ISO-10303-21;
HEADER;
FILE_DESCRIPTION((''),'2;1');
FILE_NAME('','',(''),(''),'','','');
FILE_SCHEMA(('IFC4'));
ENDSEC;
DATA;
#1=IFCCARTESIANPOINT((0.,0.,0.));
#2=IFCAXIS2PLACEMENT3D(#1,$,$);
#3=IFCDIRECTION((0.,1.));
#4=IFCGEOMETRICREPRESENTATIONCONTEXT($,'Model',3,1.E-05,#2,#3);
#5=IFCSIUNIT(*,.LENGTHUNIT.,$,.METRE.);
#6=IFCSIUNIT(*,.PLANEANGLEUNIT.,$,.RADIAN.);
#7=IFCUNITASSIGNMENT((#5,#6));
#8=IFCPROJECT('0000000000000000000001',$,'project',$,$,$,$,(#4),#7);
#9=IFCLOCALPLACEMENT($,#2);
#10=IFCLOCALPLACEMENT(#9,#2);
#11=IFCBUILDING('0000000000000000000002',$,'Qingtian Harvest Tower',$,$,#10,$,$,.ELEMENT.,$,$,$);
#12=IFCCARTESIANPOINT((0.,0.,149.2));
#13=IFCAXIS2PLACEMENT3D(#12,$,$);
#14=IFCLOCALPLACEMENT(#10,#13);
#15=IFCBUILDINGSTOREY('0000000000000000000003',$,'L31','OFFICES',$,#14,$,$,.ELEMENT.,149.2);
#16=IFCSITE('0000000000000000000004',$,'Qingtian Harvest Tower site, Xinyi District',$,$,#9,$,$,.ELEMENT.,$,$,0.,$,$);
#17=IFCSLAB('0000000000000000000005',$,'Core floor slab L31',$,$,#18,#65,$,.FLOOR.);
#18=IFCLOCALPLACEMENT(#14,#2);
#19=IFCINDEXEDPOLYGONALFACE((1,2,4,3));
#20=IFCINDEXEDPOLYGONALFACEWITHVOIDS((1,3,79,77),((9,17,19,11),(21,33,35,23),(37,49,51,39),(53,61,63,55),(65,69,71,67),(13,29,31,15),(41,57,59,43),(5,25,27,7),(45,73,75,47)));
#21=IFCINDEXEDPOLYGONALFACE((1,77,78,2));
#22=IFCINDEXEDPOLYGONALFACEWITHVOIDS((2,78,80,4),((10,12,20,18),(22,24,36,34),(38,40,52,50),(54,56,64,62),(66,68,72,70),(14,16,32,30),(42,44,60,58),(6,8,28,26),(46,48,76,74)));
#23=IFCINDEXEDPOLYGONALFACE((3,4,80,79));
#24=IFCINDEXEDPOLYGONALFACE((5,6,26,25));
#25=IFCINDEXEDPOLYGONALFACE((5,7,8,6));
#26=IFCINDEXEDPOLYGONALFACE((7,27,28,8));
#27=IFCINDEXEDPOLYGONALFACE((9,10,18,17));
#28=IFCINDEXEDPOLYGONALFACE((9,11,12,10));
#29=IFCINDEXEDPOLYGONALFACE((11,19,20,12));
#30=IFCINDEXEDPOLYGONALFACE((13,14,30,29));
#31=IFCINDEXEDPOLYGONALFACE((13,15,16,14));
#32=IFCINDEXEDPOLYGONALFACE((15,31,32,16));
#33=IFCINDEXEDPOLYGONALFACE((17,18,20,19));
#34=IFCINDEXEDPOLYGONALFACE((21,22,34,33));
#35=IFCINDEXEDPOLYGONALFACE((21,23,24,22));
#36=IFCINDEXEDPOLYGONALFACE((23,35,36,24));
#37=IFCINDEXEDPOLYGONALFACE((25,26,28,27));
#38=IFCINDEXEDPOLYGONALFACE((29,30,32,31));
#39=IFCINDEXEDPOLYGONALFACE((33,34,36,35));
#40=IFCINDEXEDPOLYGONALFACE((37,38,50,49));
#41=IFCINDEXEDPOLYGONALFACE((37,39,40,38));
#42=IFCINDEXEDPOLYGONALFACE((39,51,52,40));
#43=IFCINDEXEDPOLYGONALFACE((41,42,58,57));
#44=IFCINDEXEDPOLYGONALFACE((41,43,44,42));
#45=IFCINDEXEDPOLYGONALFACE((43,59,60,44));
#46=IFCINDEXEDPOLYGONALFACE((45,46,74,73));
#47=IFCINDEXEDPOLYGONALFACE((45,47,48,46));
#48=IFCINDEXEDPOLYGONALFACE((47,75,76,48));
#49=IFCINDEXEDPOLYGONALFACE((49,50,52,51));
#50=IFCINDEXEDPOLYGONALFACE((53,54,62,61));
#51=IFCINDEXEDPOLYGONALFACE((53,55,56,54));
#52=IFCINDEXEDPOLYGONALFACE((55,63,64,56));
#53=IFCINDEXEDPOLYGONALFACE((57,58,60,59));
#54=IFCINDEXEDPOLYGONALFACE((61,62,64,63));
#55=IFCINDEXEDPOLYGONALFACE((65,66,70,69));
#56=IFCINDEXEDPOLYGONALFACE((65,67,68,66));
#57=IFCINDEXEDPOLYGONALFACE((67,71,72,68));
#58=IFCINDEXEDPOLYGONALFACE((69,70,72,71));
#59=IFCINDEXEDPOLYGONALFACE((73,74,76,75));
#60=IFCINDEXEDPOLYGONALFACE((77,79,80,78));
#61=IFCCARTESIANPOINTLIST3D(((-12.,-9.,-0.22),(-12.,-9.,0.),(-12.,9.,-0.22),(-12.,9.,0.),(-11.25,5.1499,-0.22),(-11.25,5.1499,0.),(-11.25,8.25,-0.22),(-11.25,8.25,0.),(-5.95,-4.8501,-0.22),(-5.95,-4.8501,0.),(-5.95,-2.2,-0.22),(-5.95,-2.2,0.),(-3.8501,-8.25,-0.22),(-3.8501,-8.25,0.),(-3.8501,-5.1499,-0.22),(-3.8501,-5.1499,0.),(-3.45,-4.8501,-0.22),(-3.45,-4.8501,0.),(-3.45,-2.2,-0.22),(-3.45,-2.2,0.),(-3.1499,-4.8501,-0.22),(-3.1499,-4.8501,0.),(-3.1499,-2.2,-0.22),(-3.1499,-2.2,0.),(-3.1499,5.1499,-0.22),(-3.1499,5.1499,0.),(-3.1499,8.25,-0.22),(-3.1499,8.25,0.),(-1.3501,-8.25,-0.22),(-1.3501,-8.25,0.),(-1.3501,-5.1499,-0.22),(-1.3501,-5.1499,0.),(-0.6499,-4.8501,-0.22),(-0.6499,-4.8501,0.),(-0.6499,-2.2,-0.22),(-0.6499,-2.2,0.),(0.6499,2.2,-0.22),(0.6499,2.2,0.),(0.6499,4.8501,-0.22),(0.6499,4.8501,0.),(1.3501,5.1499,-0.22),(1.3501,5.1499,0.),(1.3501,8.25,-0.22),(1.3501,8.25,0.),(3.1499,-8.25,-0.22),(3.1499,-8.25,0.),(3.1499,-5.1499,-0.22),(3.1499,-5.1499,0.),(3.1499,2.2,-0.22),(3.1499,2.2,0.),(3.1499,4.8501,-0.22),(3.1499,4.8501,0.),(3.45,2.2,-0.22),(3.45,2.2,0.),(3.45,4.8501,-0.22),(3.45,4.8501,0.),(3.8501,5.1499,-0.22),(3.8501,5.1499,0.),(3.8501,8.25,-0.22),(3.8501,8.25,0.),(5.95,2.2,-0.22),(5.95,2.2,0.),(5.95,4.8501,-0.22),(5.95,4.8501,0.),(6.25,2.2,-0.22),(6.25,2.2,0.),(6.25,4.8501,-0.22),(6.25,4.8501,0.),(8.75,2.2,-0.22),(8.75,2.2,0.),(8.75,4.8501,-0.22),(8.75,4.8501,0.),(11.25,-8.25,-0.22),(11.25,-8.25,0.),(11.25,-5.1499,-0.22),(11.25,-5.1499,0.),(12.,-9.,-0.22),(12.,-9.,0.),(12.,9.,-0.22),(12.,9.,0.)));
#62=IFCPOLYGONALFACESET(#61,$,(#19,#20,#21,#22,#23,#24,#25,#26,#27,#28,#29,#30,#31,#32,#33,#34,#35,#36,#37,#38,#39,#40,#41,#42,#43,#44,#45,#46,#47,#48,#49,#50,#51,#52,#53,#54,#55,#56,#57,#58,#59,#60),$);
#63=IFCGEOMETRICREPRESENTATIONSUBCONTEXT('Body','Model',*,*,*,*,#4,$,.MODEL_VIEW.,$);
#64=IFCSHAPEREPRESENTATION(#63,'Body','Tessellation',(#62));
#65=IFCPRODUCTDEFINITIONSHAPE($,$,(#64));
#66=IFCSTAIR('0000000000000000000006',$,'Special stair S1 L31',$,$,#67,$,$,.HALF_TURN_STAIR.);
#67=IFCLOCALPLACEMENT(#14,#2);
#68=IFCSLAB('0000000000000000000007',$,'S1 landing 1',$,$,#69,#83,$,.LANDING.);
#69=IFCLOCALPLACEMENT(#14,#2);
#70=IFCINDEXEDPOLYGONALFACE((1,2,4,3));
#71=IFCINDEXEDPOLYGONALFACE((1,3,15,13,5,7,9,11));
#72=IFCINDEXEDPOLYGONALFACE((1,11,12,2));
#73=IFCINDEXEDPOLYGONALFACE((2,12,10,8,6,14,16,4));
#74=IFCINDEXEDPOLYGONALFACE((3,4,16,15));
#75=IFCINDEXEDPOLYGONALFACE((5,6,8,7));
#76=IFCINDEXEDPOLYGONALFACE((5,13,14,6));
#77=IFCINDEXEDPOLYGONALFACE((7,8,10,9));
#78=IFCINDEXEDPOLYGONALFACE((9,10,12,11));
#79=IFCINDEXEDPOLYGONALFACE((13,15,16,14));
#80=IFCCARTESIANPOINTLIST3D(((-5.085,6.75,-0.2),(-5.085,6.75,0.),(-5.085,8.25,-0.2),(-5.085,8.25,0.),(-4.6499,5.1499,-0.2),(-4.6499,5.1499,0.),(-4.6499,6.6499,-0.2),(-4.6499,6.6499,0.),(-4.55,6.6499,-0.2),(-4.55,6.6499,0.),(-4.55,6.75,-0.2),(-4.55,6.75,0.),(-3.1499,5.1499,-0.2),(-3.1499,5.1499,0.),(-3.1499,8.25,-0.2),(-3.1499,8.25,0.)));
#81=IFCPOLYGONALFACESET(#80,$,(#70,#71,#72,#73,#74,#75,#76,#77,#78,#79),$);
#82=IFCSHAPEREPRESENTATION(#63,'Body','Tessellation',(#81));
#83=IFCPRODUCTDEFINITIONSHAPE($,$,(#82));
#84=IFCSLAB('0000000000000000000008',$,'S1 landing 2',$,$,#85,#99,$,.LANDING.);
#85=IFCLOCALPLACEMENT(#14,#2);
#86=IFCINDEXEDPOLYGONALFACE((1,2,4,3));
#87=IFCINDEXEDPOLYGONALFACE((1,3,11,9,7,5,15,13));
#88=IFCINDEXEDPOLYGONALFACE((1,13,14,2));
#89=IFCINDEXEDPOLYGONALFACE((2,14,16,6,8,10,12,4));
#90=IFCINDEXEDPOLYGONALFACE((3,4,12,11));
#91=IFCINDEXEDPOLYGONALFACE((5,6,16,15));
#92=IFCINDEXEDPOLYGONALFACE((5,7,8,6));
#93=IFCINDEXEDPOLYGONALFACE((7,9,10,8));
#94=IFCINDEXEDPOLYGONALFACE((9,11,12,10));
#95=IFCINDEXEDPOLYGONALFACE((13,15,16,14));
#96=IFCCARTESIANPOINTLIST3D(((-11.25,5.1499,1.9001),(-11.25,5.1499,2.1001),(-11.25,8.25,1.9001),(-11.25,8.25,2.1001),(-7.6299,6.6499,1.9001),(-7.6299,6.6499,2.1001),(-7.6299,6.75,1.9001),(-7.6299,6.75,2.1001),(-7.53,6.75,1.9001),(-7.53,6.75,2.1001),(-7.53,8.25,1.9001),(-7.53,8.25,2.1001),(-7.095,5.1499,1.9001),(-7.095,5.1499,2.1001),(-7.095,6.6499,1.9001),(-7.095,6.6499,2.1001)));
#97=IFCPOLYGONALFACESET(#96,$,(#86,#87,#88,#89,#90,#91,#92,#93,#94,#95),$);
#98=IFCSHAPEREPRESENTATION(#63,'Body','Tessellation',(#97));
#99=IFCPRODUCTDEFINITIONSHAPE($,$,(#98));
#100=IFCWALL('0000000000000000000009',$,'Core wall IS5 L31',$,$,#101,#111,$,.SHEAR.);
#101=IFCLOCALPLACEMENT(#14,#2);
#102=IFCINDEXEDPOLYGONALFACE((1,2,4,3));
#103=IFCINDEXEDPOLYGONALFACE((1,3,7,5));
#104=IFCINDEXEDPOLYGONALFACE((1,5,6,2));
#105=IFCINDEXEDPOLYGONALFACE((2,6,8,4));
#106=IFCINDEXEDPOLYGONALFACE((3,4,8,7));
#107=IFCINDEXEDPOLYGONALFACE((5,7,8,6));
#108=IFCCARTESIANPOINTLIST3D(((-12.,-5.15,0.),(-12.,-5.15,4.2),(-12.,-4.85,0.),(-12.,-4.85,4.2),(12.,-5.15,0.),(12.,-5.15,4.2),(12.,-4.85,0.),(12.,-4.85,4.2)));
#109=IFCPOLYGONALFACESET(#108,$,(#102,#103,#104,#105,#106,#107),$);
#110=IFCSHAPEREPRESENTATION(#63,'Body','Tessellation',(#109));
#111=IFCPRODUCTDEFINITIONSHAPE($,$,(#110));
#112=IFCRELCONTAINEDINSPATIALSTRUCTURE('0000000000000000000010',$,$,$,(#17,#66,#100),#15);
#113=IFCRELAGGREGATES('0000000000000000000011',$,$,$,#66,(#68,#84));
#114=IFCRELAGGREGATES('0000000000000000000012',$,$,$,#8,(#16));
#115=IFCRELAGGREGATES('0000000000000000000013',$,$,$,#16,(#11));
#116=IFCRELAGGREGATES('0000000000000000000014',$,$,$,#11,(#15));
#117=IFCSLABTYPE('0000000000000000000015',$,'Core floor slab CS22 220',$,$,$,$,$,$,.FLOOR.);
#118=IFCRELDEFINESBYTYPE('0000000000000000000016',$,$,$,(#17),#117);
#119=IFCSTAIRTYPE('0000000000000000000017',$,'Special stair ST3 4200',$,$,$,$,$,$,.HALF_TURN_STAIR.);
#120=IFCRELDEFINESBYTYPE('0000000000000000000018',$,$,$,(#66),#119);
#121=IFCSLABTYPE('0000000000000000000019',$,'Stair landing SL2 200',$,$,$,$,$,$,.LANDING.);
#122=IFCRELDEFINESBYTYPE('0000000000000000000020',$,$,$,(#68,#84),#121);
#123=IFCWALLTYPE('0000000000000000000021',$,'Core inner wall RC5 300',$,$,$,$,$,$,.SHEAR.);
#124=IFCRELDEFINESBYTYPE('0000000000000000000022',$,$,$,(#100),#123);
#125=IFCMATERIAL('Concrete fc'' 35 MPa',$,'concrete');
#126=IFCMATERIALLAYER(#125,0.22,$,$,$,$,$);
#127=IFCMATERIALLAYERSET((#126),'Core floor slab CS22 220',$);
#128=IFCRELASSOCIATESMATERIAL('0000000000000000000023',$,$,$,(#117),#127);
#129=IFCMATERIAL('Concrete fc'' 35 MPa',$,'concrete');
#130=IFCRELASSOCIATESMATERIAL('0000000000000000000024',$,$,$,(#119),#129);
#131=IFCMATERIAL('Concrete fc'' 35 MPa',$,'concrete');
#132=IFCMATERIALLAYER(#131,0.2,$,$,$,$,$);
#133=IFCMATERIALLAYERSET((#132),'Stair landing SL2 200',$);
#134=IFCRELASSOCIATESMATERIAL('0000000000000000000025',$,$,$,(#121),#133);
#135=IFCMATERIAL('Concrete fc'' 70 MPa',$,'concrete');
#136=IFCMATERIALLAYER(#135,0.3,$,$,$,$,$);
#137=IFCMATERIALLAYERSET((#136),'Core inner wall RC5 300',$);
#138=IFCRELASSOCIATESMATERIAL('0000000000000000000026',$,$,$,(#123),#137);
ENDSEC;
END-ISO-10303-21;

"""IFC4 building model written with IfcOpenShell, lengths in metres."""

from ifc_helpers import new_model, si_unit, direction, frame, frame_2d, origin, place, context, subcontext, project, spatial, polyline, rectangle, outline, extrude, material, layer, layer_set, type_object, element, aggregate, save


model = new_model("IFC4")

# Units and contexts
model_context = context("Model", 3, precision=1e-05, world=origin(), true_north=direction((0.0, 1.0)))
body_context = subcontext(model_context, "Body", "Model", "MODEL_VIEW")
ifc_project = project(units=[si_unit("LENGTHUNIT", "METRE"), si_unit("PLANEANGLEUNIT", "RADIAN")], contexts=[model_context])

# Site, building, storey
site_placement = place(None, origin())
site = spatial("IfcSite", under=ifc_project, at=site_placement, Name="Qingtian Harvest Tower site, Xinyi District", CompositionType="ELEMENT", RefElevation=0.0)
building_placement = place(site_placement, origin())
building = spatial("IfcBuilding", under=site, at=building_placement, Name="Qingtian Harvest Tower", CompositionType="ELEMENT")
storey_placement = place(building_placement, frame((0.0, 0.0, 149.2)))
storey = spatial("IfcBuildingStorey", under=building, at=storey_placement, Name="L31", Description="OFFICES", CompositionType="ELEMENT", Elevation=149.2)

# Slab
ifc_material_1 = material(Name="Concrete fc' 35 MPa", Category="concrete")
ifc_layer_1 = layer(ifc_material_1, 0.22)
ifc_layer_set_1 = layer_set([ifc_layer_1], Name="Core floor slab CS22 220")
slab_type_1 = type_object("IfcSlabType", Name="Core floor slab CS22 220", PredefinedType="FLOOR", material=ifc_layer_set_1)
slab_1_placement = place(storey_placement, frame((0.0, 0.0, -0.22)))
element("IfcSlab", 1, at=slab_1_placement, inside=storey, type_object=slab_type_1, Name="Core floor slab L31", PredefinedType="FLOOR", context=body_context, shape_type="SweptSolid", body=[
    extrude(outline(polyline([(-12.0, -9.0), (12.0, -9.0), (12.0, 9.0), (-12.0, 9.0), (-12.0, -9.0)]), holes=[polyline([(-11.25, 5.1499), (-3.1499, 5.1499), (-3.1499, 8.25), (-11.25, 8.25), (-11.25, 5.1499)]), polyline([(3.1499, -8.25), (11.25, -8.25), (11.25, -5.1499), (3.1499, -5.1499), (3.1499, -8.25)]), polyline([(1.3501, 5.1499), (3.8501, 5.1499), (3.8501, 8.25), (1.3501, 8.25), (1.3501, 5.1499)]), polyline([(-3.8501, -8.25), (-1.3501, -8.25), (-1.3501, -5.1499), (-3.8501, -5.1499), (-3.8501, -8.25)]), polyline([(0.6499, 2.2), (3.1499, 2.2), (3.1499, 4.8501), (0.6499, 4.8501), (0.6499, 2.2)]), polyline([(3.45, 2.2), (5.95, 2.2), (5.95, 4.8501), (3.45, 4.8501), (3.45, 2.2)]), polyline([(6.25, 2.2), (8.75, 2.2), (8.75, 4.8501), (6.25, 4.8501), (6.25, 2.2)]), polyline([(-5.95, -4.8501), (-3.45, -4.8501), (-3.45, -2.2), (-5.95, -2.2), (-5.95, -4.8501)]), polyline([(-3.1499, -4.8501), (-0.6499, -4.8501), (-0.6499, -2.2), (-3.1499, -2.2), (-3.1499, -4.8501)])]), origin(), (0.0, 0.0, 1.0), 0.22),
])

# Stair, slabs
ifc_material_2 = material(Name="Concrete fc' 35 MPa", Category="concrete")
stair_type = type_object("IfcStairType", Name="Special stair ST3 4200", PredefinedType="HALF_TURN_STAIR", material=ifc_material_2)
stair_placement = place(storey_placement, origin())
stair = element("IfcStair", 2, at=stair_placement, inside=storey, type_object=stair_type, Name="Special stair S1 L31", PredefinedType="HALF_TURN_STAIR")
ifc_material_3 = material(Name="Concrete fc' 35 MPa", Category="concrete")
ifc_layer_2 = layer(ifc_material_3, 0.2)
ifc_layer_set_2 = layer_set([ifc_layer_2], Name="Stair landing SL2 200")
slab_type_2 = type_object("IfcSlabType", Name="Stair landing SL2 200", PredefinedType="LANDING", material=ifc_layer_set_2)
slab_2_placement = place(storey_placement, frame((0.0, 0.0, -0.2)))
slab_2 = element("IfcSlab", 3, at=slab_2_placement, type_object=slab_type_2, Name="S1 landing 1", PredefinedType="LANDING", context=body_context, shape_type="SweptSolid", body=[
    extrude(outline(polyline([(-4.6499, 5.1499), (-4.6499, 6.6499), (-4.55, 6.6499), (-4.55, 6.75), (-5.085, 6.75), (-5.085, 8.25), (-3.1499, 8.25), (-3.1499, 5.1499), (-4.6499, 5.1499)])), origin(), (0.0, 0.0, 1.0), 0.2),
])
slab_3_placement = place(storey_placement, frame((0.0, 0.0, 1.9001)))
slab_3 = element("IfcSlab", 4, at=slab_3_placement, type_object=slab_type_2, Name="S1 landing 2", PredefinedType="LANDING", context=body_context, shape_type="SweptSolid", body=[
    extrude(outline(polyline([(-7.095, 5.1499), (-11.25, 5.1499), (-11.25, 8.25), (-7.53, 8.25), (-7.53, 6.75), (-7.6299, 6.75), (-7.6299, 6.6499), (-7.095, 6.6499), (-7.095, 5.1499)])), origin(), (0.0, 0.0, 1.0), 0.2),
])
aggregate(stair, [slab_2, slab_3])

# Wall
ifc_material_4 = material(Name="Concrete fc' 70 MPa", Category="concrete")
ifc_layer_3 = layer(ifc_material_4, 0.3)
ifc_layer_set_3 = layer_set([ifc_layer_3], Name="Core inner wall RC5 300")
wall_type_1 = type_object("IfcWallType", Name="Core inner wall RC5 300", PredefinedType="SHEAR", material=ifc_layer_set_3)
wall_1_placement = place(storey_placement, frame((-12.0, -5.0, 0.0), z_axis=(0.0, 0.0, 1.0), x_axis=(1.0, 0.0, 0.0)))
element("IfcWall", 5, at=wall_1_placement, inside=storey, type_object=wall_type_1, Name="Core wall IS5 L31", PredefinedType="SHEAR", context=body_context, shape_type="SweptSolid", body=[
    extrude(rectangle(XDim=24.0, YDim=0.3, at=frame_2d((12.0, 0.0))), origin(), (0.0, 0.0, 1.0), 4.2),
])

save(model, "model.ifc")
